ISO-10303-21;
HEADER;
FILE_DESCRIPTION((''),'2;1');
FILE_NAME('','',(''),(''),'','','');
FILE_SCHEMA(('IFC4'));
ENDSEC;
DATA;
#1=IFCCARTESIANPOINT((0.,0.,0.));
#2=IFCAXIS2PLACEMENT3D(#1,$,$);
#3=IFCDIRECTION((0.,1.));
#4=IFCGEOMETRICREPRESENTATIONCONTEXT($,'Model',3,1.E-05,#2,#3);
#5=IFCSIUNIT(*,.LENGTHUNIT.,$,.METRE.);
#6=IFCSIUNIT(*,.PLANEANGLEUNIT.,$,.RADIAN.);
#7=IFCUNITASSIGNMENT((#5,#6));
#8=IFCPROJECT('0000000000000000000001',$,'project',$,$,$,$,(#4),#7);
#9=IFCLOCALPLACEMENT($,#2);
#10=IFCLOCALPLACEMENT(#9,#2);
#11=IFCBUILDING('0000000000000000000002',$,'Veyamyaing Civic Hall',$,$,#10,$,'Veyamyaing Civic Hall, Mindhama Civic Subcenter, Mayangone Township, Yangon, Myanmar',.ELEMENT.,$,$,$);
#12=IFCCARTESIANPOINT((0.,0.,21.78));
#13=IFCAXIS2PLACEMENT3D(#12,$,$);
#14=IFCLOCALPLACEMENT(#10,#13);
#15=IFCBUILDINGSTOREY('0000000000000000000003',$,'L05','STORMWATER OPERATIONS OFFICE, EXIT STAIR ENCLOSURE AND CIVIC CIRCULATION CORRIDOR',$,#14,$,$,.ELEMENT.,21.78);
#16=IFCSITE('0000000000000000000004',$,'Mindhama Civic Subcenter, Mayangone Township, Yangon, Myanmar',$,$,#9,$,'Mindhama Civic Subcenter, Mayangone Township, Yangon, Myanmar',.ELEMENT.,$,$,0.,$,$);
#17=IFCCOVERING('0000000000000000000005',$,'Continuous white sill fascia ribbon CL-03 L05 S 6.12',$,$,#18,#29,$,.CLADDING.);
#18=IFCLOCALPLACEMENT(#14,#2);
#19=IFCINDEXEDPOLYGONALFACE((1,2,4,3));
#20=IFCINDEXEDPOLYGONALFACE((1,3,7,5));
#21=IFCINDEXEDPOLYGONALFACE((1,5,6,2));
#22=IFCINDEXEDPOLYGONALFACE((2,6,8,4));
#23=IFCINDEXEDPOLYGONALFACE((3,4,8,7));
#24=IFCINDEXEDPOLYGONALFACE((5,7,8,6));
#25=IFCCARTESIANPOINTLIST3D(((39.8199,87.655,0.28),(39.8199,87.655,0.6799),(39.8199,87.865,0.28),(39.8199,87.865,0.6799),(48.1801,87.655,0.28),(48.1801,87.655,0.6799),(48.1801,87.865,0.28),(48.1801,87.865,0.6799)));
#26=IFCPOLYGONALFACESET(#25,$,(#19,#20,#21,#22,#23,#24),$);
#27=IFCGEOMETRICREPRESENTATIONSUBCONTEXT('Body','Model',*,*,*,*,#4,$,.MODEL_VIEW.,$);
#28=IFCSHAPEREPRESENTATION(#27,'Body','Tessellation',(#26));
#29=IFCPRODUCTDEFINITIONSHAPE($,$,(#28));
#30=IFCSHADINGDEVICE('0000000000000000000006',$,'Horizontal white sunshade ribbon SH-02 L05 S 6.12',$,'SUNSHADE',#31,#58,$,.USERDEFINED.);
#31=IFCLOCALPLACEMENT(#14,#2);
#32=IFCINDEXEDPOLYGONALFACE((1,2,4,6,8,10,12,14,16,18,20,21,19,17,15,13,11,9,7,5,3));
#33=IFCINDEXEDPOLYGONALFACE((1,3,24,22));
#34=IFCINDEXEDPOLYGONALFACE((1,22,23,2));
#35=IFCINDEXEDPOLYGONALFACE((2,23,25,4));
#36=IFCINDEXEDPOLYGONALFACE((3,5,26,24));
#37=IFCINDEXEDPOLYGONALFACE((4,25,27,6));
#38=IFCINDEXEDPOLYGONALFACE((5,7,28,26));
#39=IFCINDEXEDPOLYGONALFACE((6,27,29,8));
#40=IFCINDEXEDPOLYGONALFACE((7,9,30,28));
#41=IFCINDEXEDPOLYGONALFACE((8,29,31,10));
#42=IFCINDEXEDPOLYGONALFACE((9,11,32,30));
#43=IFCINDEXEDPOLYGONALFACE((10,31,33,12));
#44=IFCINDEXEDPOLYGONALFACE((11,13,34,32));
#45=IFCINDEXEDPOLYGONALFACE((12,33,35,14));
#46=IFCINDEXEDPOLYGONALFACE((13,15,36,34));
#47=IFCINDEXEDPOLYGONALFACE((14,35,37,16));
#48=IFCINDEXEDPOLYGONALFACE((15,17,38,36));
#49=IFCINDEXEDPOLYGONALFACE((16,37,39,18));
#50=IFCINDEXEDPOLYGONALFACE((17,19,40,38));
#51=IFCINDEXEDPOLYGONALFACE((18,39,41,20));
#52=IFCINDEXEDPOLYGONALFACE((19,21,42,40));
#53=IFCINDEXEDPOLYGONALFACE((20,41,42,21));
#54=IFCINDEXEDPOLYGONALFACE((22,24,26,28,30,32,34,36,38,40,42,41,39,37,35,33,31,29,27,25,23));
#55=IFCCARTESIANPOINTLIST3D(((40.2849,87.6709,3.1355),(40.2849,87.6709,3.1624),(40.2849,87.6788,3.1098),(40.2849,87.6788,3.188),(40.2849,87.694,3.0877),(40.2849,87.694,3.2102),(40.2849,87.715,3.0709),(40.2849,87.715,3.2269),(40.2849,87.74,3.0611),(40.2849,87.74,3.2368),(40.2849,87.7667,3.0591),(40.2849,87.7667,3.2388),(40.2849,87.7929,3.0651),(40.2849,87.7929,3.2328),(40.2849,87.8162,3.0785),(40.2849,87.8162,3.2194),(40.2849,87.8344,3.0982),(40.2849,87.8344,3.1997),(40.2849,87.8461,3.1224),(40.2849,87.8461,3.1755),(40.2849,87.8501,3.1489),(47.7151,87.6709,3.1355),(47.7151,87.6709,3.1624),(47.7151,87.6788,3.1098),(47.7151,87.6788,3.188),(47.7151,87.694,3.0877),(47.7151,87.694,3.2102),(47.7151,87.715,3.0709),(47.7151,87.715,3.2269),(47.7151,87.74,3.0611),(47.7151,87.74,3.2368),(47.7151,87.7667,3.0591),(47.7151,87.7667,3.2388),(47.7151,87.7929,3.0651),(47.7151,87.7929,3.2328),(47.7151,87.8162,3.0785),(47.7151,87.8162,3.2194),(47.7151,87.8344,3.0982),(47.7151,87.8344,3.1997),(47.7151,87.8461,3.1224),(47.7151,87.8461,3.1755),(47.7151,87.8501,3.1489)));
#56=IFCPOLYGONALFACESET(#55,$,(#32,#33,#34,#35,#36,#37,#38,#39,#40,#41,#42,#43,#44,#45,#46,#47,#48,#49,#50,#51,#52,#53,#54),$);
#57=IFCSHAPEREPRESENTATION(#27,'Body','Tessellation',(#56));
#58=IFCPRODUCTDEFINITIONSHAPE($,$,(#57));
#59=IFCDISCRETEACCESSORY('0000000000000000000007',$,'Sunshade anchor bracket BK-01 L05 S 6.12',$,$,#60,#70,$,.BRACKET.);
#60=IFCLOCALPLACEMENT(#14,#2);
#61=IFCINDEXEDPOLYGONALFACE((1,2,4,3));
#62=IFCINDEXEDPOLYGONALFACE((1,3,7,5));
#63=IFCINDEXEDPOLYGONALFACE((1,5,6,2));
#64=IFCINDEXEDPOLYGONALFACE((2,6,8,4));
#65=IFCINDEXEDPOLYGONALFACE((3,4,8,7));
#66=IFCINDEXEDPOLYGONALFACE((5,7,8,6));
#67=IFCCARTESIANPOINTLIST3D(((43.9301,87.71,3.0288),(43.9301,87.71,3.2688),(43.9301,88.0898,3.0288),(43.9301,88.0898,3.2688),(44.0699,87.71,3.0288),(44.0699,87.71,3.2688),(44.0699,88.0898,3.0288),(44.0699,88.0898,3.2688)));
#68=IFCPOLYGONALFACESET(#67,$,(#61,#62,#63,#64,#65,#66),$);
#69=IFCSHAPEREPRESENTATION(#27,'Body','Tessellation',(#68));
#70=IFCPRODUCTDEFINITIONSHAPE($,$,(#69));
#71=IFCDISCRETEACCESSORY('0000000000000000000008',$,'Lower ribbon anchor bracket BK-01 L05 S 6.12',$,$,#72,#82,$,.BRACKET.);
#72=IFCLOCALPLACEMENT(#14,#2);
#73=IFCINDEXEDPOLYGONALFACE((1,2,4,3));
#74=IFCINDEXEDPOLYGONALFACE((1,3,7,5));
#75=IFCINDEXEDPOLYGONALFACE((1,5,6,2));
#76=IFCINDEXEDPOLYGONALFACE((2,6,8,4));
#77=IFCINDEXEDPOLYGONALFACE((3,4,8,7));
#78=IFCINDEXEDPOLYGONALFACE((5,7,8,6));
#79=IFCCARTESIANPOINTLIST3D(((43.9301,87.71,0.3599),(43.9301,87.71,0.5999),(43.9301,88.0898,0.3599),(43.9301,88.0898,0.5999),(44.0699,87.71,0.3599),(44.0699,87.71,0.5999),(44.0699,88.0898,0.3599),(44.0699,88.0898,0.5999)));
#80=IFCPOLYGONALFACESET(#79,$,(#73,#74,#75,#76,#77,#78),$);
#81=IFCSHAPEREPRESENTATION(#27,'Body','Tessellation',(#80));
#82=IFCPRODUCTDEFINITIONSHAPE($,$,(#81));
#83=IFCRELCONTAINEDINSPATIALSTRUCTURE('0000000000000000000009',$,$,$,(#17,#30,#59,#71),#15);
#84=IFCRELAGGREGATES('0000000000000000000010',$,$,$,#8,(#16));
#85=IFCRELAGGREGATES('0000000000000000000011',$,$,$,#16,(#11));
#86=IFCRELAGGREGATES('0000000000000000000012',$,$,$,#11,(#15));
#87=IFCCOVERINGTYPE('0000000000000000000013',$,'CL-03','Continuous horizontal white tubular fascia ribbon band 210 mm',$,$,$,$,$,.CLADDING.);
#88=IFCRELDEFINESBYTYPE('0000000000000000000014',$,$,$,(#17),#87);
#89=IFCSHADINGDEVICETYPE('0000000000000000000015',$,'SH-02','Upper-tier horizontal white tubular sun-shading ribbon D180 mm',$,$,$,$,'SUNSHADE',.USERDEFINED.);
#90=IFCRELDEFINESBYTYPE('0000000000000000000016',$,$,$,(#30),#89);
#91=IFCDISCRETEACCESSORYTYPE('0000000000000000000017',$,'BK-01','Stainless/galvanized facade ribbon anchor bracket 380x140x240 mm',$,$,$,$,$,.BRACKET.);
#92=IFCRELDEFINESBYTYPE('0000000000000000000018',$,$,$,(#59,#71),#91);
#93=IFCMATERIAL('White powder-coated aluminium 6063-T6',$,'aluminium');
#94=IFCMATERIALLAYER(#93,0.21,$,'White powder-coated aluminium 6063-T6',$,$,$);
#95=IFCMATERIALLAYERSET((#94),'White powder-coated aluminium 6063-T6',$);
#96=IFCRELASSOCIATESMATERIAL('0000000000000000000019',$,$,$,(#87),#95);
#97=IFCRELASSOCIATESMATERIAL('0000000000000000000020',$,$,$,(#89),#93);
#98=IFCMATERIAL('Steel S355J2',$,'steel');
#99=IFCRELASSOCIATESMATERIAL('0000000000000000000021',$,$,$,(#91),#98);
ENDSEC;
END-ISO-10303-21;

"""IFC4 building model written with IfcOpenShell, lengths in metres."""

from ifc_helpers import new_model, si_unit, direction, frame, origin, origin_2d, place, context, subcontext, project, spatial, rectangle, circle, extrude, material, layer, layer_set, material_profile, profile_set, type_object, element, save


model = new_model("IFC4")

# Units and contexts
model_context = context("Model", 3, precision=1e-05, world=origin(), true_north=direction((0.0, 1.0)))
body_context = subcontext(model_context, "Body", "Model", "MODEL_VIEW")
ifc_project = project(units=[si_unit("LENGTHUNIT", "METRE"), si_unit("PLANEANGLEUNIT", "RADIAN")], contexts=[model_context])

# Site, building, storey
site_placement = place(None, origin())
site = spatial("IfcSite", under=ifc_project, at=site_placement, Name="Mindhama Civic Subcenter, Mayangone Township, Yangon, Myanmar", LongName="Mindhama Civic Subcenter, Mayangone Township, Yangon, Myanmar", CompositionType="ELEMENT", RefElevation=0.0)
building_placement = place(site_placement, origin())
building = spatial("IfcBuilding", under=site, at=building_placement, Name="Veyamyaing Civic Hall", LongName="Veyamyaing Civic Hall, Mindhama Civic Subcenter, Mayangone Township, Yangon, Myanmar", CompositionType="ELEMENT")
storey_placement = place(building_placement, frame((0.0, 0.0, 21.78)))
storey = spatial("IfcBuildingStorey", under=building, at=storey_placement, Name="L05", Description="STORMWATER OPERATIONS OFFICE, EXIT STAIR ENCLOSURE AND CIVIC CIRCULATION CORRIDOR", CompositionType="ELEMENT", Elevation=21.78)

# Covering
ifc_material_1 = material(Name="White powder-coated aluminium 6063-T6", Category="aluminium")
ifc_layer_1 = layer(ifc_material_1, 0.21, Name="White powder-coated aluminium 6063-T6")
ifc_layer_set_1 = layer_set([ifc_layer_1], Name="White powder-coated aluminium 6063-T6")
covering_type_1 = type_object("IfcCoveringType", Name="CL-03", Description="Continuous horizontal white tubular fascia ribbon band 210 mm", PredefinedType="CLADDING", material=ifc_layer_set_1)
for number, where, z_axis, x_axis, name in (
    (1, (44.0, 87.76, 0.28), (0.0, 0.0, 1.0), (1.0, 0.0, 0.0), "Continuous white sill fascia ribbon CL-03 L05 S 6.12"),
):
    element("IfcCovering", number, at=place(storey_placement, frame(where, z_axis=z_axis, x_axis=x_axis)), inside=storey, type_object=covering_type_1, Name=name, PredefinedType="CLADDING", context=body_context, shape_type="SweptSolid", body=[
        extrude(rectangle(XDim=8.3601, YDim=0.21, at=origin_2d()), origin(), (0.0, 0.0, 1.0), 0.3999),
    ])

# Shading device
ifc_material_profile_1 = material_profile(ifc_material_1, circle(Radius=0.0901, at=origin_2d()), Name="SHADE-TUBE-180")
ifc_profile_set_1 = profile_set([ifc_material_profile_1], Name="White powder-coated aluminium 6063-T6")
shading_device_type = type_object("IfcShadingDeviceType", Name="SH-02", Description="Upper-tier horizontal white tubular sun-shading ribbon D180 mm", ElementType="SUNSHADE", PredefinedType="USERDEFINED", material=ifc_profile_set_1)
shading_device_placement = place(storey_placement, frame((40.2849, 87.76, 3.1489), z_axis=(1.0, 0.0, 0.0), x_axis=(0.0, 1.0, 0.0)))
element("IfcShadingDevice", 2, at=shading_device_placement, inside=storey, type_object=shading_device_type, Name="Horizontal white sunshade ribbon SH-02 L05 S 6.12", ObjectType="SUNSHADE", PredefinedType="USERDEFINED", context=body_context, shape_type="SweptSolid", body=[
    extrude(circle(Radius=0.0901, at=origin_2d()), origin(), (0.0, 0.0, 1.0), 7.4302),
])

# Discrete accessories
ifc_material_2 = material(Name="Steel S355J2", Category="steel")
discrete_accessory_type = type_object("IfcDiscreteAccessoryType", Name="BK-01", Description="Stainless/galvanized facade ribbon anchor bracket 380x140x240 mm", PredefinedType="BRACKET", material=ifc_material_2)
for number, where, z_axis, x_axis, name in (
    (3, (44.0, 87.8999, 3.0288), (0.0, 0.0, 1.0), (0.0, -1.0, 0.0), "Sunshade anchor bracket BK-01 L05 S 6.12"),
    (4, (44.0, 87.8999, 0.3599), (0.0, 0.0, 1.0), (0.0, -1.0, 0.0), "Lower ribbon anchor bracket BK-01 L05 S 6.12"),
):
    element("IfcDiscreteAccessory", number, at=place(storey_placement, frame(where, z_axis=z_axis, x_axis=x_axis)), inside=storey, type_object=discrete_accessory_type, Name=name, PredefinedType="BRACKET", context=body_context, shape_type="SweptSolid", body=[
        extrude(rectangle(XDim=0.3799, YDim=0.1399, at=origin_2d()), origin(), (0.0, 0.0, 1.0), 0.24),
    ])

save(model, "model.ifc")
